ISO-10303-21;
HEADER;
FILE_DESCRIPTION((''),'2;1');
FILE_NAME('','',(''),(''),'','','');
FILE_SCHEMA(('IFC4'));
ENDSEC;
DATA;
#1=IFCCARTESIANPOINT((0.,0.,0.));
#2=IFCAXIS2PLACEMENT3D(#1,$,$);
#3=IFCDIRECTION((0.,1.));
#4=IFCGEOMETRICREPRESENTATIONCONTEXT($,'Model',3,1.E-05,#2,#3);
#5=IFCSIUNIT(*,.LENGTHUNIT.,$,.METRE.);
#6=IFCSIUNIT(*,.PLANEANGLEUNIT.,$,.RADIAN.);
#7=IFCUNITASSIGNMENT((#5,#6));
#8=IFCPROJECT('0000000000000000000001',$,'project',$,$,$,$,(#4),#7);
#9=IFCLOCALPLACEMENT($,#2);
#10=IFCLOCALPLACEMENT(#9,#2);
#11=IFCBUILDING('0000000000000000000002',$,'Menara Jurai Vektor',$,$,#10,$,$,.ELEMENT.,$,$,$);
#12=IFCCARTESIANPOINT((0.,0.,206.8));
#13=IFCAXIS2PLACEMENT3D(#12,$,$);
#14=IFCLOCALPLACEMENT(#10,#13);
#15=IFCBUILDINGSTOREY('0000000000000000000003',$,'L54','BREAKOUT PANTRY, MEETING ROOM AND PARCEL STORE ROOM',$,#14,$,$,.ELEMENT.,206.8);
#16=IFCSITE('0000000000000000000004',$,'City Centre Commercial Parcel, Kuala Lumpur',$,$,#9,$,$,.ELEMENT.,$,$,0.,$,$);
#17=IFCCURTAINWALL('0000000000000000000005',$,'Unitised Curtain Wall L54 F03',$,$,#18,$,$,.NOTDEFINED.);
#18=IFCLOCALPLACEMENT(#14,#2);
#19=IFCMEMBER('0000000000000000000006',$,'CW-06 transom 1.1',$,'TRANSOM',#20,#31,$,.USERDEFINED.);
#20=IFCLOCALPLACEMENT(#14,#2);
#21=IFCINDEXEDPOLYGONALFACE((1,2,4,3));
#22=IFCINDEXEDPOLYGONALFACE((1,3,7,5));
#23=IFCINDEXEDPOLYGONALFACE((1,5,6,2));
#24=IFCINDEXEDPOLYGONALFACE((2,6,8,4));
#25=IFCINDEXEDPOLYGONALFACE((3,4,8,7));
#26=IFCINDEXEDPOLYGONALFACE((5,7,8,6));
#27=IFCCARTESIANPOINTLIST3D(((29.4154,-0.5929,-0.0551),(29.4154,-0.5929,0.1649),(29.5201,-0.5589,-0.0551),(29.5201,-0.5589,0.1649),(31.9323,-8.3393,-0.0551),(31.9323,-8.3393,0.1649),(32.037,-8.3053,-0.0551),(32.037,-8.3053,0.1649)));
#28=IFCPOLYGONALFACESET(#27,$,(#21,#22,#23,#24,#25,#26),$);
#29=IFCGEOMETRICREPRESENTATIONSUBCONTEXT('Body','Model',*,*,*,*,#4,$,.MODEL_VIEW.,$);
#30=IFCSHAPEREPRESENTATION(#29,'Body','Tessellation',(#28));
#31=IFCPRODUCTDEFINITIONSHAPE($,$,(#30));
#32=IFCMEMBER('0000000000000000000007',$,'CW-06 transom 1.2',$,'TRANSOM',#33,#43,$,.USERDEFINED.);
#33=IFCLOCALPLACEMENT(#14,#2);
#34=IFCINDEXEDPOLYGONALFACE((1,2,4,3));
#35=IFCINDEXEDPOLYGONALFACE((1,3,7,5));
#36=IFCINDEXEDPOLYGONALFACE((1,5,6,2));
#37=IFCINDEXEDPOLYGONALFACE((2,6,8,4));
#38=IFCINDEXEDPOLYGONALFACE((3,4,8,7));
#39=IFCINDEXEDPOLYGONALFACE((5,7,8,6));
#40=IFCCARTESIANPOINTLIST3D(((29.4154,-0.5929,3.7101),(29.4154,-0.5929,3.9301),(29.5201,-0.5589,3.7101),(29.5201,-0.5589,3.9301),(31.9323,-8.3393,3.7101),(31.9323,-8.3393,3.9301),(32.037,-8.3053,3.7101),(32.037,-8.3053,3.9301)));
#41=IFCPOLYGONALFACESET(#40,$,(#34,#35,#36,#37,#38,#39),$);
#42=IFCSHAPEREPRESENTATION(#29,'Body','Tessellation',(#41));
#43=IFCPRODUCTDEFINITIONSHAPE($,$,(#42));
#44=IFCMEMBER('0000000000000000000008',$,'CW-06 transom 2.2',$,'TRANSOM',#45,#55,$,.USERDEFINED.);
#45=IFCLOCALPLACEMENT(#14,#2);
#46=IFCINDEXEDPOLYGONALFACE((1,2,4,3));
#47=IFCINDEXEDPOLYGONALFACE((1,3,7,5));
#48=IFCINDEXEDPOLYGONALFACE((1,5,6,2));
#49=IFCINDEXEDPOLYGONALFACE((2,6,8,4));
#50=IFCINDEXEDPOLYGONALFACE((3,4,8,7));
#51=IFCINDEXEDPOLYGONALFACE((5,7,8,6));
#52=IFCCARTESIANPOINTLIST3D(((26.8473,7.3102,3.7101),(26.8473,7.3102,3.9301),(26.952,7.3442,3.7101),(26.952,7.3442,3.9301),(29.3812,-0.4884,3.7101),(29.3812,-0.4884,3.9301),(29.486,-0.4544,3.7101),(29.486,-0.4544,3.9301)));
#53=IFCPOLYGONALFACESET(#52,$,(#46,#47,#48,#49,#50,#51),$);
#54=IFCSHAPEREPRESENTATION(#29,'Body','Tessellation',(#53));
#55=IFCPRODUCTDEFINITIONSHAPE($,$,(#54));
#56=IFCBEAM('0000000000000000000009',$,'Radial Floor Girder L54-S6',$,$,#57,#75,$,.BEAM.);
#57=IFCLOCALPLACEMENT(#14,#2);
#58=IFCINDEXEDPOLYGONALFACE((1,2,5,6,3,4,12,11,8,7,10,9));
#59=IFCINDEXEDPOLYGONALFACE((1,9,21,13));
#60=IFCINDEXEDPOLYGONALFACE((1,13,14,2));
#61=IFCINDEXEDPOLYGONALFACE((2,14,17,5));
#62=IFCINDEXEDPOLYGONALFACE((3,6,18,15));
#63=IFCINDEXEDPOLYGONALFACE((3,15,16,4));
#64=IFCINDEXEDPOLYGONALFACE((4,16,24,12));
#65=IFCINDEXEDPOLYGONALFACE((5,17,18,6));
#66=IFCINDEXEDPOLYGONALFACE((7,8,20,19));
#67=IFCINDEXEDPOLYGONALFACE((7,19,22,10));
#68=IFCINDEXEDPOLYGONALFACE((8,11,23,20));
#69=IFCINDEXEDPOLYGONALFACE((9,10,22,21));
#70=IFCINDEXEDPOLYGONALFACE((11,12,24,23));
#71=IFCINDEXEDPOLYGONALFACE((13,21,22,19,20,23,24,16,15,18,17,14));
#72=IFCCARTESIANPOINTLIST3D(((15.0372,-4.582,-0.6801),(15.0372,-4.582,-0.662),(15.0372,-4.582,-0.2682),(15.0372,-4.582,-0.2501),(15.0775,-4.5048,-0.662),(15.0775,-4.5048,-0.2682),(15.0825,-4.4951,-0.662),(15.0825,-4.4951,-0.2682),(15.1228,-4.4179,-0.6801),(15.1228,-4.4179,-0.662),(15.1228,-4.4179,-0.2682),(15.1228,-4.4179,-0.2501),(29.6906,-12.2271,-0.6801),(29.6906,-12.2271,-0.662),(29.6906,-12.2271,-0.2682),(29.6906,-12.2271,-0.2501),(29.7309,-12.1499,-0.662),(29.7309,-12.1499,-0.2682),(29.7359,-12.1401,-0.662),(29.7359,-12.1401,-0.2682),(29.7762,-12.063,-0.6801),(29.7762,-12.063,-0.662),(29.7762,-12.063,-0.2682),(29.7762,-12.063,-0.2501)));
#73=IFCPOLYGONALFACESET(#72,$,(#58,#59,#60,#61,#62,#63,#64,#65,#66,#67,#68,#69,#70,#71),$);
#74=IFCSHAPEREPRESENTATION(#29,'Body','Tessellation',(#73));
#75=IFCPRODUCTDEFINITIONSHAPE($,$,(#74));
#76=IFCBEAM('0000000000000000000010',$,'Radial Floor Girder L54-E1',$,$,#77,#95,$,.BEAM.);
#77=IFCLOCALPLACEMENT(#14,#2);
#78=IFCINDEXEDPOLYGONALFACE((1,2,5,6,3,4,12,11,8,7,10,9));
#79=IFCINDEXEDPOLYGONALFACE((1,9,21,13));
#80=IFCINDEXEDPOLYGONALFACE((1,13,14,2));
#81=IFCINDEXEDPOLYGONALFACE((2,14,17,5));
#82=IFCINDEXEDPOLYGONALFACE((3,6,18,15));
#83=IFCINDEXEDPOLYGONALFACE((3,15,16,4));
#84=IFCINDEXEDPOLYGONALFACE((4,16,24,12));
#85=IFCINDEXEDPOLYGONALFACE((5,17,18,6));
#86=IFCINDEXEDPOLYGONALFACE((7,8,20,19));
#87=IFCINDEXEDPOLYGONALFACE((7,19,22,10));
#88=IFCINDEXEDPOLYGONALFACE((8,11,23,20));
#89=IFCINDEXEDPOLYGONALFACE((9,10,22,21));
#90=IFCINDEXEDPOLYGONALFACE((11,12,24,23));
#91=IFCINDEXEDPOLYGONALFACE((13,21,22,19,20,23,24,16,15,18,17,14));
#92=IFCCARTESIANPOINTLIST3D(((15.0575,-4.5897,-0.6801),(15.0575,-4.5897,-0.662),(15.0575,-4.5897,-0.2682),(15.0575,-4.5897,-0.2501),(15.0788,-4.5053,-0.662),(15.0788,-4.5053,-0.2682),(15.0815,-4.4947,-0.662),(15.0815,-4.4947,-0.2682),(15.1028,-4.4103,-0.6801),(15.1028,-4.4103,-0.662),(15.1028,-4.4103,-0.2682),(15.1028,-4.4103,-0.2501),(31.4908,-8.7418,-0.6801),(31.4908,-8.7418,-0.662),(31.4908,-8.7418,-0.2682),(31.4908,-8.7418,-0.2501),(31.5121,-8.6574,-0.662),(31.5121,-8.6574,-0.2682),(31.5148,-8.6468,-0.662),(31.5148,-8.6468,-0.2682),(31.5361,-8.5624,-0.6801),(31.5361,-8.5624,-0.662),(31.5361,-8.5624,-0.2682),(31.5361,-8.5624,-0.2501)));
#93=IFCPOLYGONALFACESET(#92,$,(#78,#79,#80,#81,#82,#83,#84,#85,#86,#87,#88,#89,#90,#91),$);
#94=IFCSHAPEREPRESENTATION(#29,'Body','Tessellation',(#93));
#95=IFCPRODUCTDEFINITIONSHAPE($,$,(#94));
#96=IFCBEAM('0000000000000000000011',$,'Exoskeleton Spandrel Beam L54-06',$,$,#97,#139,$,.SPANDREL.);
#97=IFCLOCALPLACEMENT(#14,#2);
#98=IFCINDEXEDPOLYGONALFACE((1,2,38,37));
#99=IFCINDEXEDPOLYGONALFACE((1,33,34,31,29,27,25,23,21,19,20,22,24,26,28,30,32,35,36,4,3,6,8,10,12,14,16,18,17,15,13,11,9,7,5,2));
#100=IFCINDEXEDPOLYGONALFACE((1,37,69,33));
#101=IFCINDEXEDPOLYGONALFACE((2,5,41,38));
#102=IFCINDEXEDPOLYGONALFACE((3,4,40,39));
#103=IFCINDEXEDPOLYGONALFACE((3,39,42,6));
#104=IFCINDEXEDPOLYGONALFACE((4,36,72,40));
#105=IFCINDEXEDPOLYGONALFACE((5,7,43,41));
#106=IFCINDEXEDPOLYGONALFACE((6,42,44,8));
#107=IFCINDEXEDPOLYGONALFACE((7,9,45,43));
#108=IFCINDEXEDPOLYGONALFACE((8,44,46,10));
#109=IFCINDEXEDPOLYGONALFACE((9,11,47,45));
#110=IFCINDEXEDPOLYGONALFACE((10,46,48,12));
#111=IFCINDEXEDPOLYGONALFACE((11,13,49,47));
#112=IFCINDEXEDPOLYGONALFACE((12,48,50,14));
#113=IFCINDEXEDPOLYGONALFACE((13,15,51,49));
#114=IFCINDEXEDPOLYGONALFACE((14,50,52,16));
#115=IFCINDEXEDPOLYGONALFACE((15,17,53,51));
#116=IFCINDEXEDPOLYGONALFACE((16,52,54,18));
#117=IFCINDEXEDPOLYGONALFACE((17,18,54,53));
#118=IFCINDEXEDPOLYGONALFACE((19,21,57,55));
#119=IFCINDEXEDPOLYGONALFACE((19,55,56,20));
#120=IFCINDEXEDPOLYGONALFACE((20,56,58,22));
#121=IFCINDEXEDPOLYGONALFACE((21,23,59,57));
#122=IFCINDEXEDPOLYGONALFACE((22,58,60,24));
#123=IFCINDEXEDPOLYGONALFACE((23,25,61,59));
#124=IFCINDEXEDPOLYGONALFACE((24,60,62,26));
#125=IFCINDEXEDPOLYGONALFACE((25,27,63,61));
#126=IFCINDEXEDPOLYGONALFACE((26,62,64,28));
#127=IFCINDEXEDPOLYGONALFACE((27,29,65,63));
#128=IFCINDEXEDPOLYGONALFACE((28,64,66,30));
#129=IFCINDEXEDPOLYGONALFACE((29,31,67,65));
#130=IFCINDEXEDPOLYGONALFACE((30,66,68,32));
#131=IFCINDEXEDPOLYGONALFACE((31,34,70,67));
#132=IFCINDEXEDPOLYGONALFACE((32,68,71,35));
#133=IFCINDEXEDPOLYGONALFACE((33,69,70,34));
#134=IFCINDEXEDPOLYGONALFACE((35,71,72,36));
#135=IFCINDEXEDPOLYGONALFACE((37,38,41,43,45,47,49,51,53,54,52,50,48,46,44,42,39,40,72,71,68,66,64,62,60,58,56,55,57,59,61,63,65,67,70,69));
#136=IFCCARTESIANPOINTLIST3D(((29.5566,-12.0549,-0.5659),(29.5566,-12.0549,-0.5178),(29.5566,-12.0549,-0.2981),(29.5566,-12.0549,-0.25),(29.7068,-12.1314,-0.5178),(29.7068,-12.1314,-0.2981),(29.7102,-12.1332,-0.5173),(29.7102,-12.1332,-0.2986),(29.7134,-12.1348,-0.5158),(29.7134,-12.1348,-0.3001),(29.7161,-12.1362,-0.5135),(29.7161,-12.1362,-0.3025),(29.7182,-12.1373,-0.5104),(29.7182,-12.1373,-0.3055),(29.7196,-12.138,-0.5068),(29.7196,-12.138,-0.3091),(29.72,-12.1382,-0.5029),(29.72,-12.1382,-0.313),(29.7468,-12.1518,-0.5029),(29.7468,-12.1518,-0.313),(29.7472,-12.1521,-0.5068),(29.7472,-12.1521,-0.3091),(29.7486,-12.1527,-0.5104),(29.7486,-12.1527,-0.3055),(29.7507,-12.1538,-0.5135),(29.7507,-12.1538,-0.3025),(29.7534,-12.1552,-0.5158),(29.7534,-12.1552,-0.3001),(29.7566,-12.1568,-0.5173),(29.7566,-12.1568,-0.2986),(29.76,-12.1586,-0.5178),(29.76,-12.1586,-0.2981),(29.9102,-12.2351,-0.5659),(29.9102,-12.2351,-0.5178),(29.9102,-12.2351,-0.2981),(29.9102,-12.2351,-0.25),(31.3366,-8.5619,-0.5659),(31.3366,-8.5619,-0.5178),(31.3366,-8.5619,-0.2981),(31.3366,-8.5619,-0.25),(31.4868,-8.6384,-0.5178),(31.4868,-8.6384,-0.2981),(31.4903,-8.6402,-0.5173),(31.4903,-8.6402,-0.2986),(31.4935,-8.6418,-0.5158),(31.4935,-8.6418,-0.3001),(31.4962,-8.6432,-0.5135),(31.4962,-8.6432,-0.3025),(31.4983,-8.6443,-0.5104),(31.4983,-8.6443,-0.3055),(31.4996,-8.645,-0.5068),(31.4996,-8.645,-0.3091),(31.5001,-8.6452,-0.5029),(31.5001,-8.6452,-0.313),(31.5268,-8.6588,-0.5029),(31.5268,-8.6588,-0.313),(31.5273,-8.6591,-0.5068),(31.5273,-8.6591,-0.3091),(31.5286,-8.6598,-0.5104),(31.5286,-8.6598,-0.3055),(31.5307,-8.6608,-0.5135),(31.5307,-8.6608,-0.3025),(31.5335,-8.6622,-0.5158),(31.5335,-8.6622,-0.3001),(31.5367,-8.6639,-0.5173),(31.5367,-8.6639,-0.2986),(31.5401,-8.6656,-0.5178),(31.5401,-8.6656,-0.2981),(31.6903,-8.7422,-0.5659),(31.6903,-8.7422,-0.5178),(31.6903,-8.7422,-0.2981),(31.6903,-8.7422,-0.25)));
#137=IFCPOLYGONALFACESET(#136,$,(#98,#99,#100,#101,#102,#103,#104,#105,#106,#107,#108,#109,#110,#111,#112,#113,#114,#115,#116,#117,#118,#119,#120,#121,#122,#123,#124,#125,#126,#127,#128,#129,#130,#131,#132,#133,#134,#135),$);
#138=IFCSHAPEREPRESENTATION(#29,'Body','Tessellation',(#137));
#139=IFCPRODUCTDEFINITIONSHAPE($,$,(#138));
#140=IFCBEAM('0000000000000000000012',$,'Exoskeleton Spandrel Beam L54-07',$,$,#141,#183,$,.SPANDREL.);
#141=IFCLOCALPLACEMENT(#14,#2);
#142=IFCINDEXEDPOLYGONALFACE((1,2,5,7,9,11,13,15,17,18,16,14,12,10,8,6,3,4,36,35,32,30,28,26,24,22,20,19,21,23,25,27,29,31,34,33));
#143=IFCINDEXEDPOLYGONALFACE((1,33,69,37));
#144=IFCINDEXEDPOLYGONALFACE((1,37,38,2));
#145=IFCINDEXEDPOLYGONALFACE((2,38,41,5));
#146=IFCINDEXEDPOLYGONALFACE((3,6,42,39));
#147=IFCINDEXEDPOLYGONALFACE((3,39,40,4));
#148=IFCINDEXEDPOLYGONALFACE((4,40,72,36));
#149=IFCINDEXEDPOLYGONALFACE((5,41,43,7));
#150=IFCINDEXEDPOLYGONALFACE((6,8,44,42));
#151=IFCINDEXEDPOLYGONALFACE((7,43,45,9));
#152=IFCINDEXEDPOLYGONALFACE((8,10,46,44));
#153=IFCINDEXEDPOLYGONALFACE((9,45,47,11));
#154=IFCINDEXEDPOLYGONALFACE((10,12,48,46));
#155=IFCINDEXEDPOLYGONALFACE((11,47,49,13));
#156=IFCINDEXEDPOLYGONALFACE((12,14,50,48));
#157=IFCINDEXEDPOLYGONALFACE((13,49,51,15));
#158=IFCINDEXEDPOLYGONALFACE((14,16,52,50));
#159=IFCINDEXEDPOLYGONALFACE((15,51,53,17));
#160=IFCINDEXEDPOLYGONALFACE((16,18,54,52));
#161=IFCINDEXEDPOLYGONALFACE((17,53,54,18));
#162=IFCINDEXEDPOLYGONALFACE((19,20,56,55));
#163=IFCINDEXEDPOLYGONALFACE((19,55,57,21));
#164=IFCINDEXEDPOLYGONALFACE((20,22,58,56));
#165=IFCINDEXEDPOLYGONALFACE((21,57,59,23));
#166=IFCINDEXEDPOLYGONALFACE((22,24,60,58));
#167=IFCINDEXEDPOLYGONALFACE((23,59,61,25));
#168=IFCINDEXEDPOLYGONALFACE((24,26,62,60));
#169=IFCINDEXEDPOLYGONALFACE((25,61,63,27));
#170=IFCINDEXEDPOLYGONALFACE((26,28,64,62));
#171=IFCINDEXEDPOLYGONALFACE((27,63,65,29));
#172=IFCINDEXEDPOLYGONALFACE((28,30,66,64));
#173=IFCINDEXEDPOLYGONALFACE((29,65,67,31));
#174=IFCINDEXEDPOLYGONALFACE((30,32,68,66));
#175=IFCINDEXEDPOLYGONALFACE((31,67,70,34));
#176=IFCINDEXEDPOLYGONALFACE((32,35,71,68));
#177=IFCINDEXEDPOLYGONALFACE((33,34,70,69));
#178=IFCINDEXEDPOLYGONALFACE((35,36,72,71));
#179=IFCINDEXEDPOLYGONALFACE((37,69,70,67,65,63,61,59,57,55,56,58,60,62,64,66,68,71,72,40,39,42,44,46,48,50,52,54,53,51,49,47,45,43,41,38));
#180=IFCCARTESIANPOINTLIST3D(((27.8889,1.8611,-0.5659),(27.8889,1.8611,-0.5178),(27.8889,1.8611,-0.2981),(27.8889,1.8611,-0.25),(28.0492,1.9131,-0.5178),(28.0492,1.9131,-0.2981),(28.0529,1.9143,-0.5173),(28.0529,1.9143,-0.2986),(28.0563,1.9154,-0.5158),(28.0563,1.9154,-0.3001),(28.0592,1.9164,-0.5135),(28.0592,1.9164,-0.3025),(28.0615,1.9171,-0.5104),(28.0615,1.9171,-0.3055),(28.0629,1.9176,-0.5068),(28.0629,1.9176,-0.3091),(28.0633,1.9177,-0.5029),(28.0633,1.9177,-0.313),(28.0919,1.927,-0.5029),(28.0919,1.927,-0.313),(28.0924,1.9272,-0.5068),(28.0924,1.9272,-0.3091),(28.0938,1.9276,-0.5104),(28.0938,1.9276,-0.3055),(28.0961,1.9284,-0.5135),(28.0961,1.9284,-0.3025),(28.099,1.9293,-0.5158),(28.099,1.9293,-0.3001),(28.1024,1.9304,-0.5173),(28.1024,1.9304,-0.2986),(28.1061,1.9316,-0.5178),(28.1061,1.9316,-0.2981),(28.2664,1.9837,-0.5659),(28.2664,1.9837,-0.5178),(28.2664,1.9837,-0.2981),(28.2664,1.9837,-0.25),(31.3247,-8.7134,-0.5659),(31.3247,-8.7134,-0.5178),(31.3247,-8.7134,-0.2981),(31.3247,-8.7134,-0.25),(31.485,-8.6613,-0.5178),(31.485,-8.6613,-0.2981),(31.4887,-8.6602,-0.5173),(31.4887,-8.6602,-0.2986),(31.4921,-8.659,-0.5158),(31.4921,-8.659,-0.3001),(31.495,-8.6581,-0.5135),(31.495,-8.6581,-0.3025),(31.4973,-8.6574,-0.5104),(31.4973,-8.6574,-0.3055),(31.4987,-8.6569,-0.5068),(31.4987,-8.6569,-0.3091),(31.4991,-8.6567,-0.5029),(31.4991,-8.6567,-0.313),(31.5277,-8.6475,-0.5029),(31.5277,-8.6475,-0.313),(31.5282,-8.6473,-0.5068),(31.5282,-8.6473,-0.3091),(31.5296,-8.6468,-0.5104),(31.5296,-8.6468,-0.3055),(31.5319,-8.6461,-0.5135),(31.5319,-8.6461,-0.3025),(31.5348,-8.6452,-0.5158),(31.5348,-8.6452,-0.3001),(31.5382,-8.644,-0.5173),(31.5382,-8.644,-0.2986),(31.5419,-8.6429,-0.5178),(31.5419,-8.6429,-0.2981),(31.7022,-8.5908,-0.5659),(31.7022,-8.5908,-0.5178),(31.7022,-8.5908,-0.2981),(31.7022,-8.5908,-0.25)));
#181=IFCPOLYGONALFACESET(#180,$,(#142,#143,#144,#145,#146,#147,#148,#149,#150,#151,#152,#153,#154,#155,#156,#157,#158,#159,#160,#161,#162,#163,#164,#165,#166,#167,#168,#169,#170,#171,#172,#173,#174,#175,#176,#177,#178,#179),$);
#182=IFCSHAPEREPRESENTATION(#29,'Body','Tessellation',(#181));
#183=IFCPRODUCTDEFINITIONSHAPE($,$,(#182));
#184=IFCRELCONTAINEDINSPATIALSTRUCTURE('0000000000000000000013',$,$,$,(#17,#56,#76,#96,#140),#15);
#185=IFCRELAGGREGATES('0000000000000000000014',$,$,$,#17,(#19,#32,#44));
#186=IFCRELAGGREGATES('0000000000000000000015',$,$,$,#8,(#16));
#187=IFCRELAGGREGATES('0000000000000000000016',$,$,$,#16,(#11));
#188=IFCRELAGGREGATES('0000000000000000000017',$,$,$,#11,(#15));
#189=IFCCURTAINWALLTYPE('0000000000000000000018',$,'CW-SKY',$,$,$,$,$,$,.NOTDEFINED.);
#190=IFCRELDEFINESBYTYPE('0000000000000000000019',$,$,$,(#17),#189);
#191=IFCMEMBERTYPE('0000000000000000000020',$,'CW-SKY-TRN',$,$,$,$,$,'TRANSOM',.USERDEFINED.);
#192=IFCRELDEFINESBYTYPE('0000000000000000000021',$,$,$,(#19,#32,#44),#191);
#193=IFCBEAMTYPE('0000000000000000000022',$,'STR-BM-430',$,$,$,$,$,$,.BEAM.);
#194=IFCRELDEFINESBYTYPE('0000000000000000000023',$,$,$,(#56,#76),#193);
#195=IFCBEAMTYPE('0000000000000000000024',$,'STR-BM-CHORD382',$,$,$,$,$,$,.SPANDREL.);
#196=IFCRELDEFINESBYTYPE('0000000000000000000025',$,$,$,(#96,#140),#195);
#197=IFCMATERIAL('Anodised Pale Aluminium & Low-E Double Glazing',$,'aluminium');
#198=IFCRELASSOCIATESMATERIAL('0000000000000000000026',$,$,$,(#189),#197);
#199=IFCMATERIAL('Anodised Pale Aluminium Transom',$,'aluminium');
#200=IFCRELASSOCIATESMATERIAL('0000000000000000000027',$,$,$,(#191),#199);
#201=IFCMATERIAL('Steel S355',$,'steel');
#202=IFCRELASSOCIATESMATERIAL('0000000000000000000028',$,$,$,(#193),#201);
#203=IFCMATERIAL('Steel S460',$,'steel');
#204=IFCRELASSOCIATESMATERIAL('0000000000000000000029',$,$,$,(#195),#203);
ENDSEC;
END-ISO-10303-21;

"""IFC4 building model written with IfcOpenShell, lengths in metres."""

from ifc_helpers import new_model, si_unit, direction, frame, origin, origin_2d, place, context, subcontext, project, spatial, rectangle, i_section, extrude, material, material_profile, profile_set, type_object, element, aggregate, save


model = new_model("IFC4")

# Units and contexts
model_context = context("Model", 3, precision=1e-05, world=origin(), true_north=direction((0.0, 1.0)))
body_context = subcontext(model_context, "Body", "Model", "MODEL_VIEW")
ifc_project = project(units=[si_unit("LENGTHUNIT", "METRE"), si_unit("PLANEANGLEUNIT", "RADIAN")], contexts=[model_context])

# Site, building, storey
site_placement = place(None, origin())
site = spatial("IfcSite", under=ifc_project, at=site_placement, Name="City Centre Commercial Parcel, Kuala Lumpur", CompositionType="ELEMENT", RefElevation=0.0)
building_placement = place(site_placement, origin())
building = spatial("IfcBuilding", under=site, at=building_placement, Name="Menara Jurai Vektor", CompositionType="ELEMENT")
storey_placement = place(building_placement, frame((0.0, 0.0, 206.8)))
storey = spatial("IfcBuildingStorey", under=building, at=storey_placement, Name="L54", Description="BREAKOUT PANTRY, MEETING ROOM AND PARCEL STORE ROOM", CompositionType="ELEMENT", Elevation=206.8)

# Shared definitions
ifc_material_1 = material(Name="Steel S460", Category="steel")

# Shared definitions
ifc_material_2 = material(Name="Anodised Pale Aluminium & Low-E Double Glazing", Category="aluminium")
curtain_wall_type = type_object("IfcCurtainWallType", Name="CW-SKY", PredefinedType="NOTDEFINED", material=ifc_material_2)

# Curtain wall
curtain_wall_1_placement = place(storey_placement, origin())
curtain_wall_1 = element("IfcCurtainWall", 1, at=curtain_wall_1_placement, inside=storey, type_object=curtain_wall_type, Name="Unitised Curtain Wall L54 F03", PredefinedType="NOTDEFINED")

# Members
ifc_material_3 = material(Name="Anodised Pale Aluminium Transom", Category="aluminium")
ifc_material_profile_1 = material_profile(ifc_material_3, rectangle(XDim=0.1101, YDim=0.22, at=origin_2d()), Name="ALU TRN 110x220")
ifc_profile_set_1 = profile_set([ifc_material_profile_1], Name="Anodised Pale Aluminium Transom")
member_type_1 = type_object("IfcMemberType", Name="CW-SKY-TRN", ElementType="TRANSOM", PredefinedType="USERDEFINED", material=ifc_profile_set_1)
member_1_placement = place(storey_placement, frame((31.9846, -8.3223, 0.0549), z_axis=(-0.309007, 0.95106, 0.0), x_axis=(-0.95106, -0.309007, 0.0)))
member_1 = element("IfcMember", 2, at=member_1_placement, type_object=member_type_1, Name="CW-06 transom 1.1", ObjectType="TRANSOM", PredefinedType="USERDEFINED", context=body_context, shape_type="SweptSolid", body=[
    extrude(rectangle(XDim=0.1101, YDim=0.22, at=origin_2d()), origin(), (0.0, 0.0, 1.0), 8.145),
])
member_2_placement = place(storey_placement, frame((31.9846, -8.3223, 3.8201), z_axis=(-0.309007, 0.95106, 0.0), x_axis=(-0.95106, -0.309007, 0.0)))
member_2 = element("IfcMember", 3, at=member_2_placement, type_object=member_type_1, Name="CW-06 transom 1.2", ObjectType="TRANSOM", PredefinedType="USERDEFINED", context=body_context, shape_type="SweptSolid", body=[
    extrude(rectangle(XDim=0.1101, YDim=0.22, at=origin_2d()), origin(), (0.0, 0.0, 1.0), 8.145),
])
member_3_placement = place(storey_placement, frame((29.4336, -0.4714, 3.8201), z_axis=(-0.309019, 0.951056, 0.0), x_axis=(-0.951056, -0.309019, 0.0)))
member_3 = element("IfcMember", 4, at=member_3_placement, type_object=member_type_1, Name="CW-06 transom 2.2", ObjectType="TRANSOM", PredefinedType="USERDEFINED", context=body_context, shape_type="SweptSolid", body=[
    extrude(rectangle(XDim=0.1101, YDim=0.22, at=origin_2d()), origin(), (0.0, 0.0, 1.0), 8.2),
])

# Beams
ifc_material_4 = material(Name="Steel S355", Category="steel")
ifc_material_profile_2 = material_profile(ifc_material_4, i_section(OverallWidth=0.1851, OverallDepth=0.4299, WebThickness=0.011, FlangeThickness=0.0181, at=origin_2d()), Name="PG 430x185x76")
ifc_profile_set_2 = profile_set([ifc_material_profile_2], Name="Steel S355")
beam_type_1 = type_object("IfcBeamType", Name="STR-BM-430", PredefinedType="BEAM", material=ifc_profile_set_2)
beam_1_placement = place(storey_placement, frame((29.7334, -12.145, -0.4651), z_axis=(-0.88659, 0.462557, 0.0), x_axis=(-0.462557, -0.88659, 0.0)))
element("IfcBeam", 5, at=beam_1_placement, inside=storey, type_object=beam_type_1, Name="Radial Floor Girder L54-S6", PredefinedType="BEAM", context=body_context, shape_type="SweptSolid", body=[
    extrude(i_section(OverallWidth=0.1851, OverallDepth=0.4299, WebThickness=0.011, FlangeThickness=0.0181, at=origin_2d()), origin(), (0.0, 0.0, 1.0), 16.5278),
])
beam_2_placement = place(storey_placement, frame((31.5134, -8.6521, -0.4651), z_axis=(-0.969532, 0.244965, 0.0), x_axis=(-0.244965, -0.969532, 0.0)))
element("IfcBeam", 6, at=beam_2_placement, inside=storey, type_object=beam_type_1, Name="Radial Floor Girder L54-E1", PredefinedType="BEAM", context=body_context, shape_type="SweptSolid", body=[
    extrude(i_section(OverallWidth=0.1851, OverallDepth=0.4299, WebThickness=0.011, FlangeThickness=0.0181, at=origin_2d()), origin(), (0.0, 0.0, 1.0), 16.9497),
])
ifc_material_profile_3 = material_profile(ifc_material_1, i_section(OverallWidth=0.397, OverallDepth=0.3159, WebThickness=0.03, FlangeThickness=0.0481, FilletRadius=0.0149, at=origin_2d()), Name="HD 400x382")
ifc_profile_set_3 = profile_set([ifc_material_profile_3], Name="Steel S460")
beam_type_2 = type_object("IfcBeamType", Name="STR-BM-CHORD382", PredefinedType="SPANDREL", material=ifc_profile_set_3)
beam_3_placement = place(storey_placement, frame((29.7334, -12.145, -0.408), z_axis=(0.454051, 0.890976, 0.0), x_axis=(-0.890976, 0.454051, 0.0)))
element("IfcBeam", 7, at=beam_3_placement, inside=storey, type_object=beam_type_2, Name="Exoskeleton Spandrel Beam L54-06", PredefinedType="SPANDREL", context=body_context, shape_type="SweptSolid", body=[
    extrude(i_section(OverallWidth=0.397, OverallDepth=0.3159, WebThickness=0.03, FlangeThickness=0.0481, FilletRadius=0.0149, at=origin_2d()), origin(), (0.0, 0.0, 1.0), 3.9204),
])
beam_4_placement = place(storey_placement, frame((31.5134, -8.6521, -0.408), z_axis=(-0.309012, 0.951058, 0.0), x_axis=(-0.951058, -0.309012, 0.0)))
element("IfcBeam", 8, at=beam_4_placement, inside=storey, type_object=beam_type_2, Name="Exoskeleton Spandrel Beam L54-07", PredefinedType="SPANDREL", context=body_context, shape_type="SweptSolid", body=[
    extrude(i_section(OverallWidth=0.397, OverallDepth=0.3159, WebThickness=0.03, FlangeThickness=0.0481, FilletRadius=0.0149, at=origin_2d()), origin(), (0.0, 0.0, 1.0), 11.1187),
])

aggregate(curtain_wall_1, [member_1, member_2, member_3])

save(model, "model.ifc")
